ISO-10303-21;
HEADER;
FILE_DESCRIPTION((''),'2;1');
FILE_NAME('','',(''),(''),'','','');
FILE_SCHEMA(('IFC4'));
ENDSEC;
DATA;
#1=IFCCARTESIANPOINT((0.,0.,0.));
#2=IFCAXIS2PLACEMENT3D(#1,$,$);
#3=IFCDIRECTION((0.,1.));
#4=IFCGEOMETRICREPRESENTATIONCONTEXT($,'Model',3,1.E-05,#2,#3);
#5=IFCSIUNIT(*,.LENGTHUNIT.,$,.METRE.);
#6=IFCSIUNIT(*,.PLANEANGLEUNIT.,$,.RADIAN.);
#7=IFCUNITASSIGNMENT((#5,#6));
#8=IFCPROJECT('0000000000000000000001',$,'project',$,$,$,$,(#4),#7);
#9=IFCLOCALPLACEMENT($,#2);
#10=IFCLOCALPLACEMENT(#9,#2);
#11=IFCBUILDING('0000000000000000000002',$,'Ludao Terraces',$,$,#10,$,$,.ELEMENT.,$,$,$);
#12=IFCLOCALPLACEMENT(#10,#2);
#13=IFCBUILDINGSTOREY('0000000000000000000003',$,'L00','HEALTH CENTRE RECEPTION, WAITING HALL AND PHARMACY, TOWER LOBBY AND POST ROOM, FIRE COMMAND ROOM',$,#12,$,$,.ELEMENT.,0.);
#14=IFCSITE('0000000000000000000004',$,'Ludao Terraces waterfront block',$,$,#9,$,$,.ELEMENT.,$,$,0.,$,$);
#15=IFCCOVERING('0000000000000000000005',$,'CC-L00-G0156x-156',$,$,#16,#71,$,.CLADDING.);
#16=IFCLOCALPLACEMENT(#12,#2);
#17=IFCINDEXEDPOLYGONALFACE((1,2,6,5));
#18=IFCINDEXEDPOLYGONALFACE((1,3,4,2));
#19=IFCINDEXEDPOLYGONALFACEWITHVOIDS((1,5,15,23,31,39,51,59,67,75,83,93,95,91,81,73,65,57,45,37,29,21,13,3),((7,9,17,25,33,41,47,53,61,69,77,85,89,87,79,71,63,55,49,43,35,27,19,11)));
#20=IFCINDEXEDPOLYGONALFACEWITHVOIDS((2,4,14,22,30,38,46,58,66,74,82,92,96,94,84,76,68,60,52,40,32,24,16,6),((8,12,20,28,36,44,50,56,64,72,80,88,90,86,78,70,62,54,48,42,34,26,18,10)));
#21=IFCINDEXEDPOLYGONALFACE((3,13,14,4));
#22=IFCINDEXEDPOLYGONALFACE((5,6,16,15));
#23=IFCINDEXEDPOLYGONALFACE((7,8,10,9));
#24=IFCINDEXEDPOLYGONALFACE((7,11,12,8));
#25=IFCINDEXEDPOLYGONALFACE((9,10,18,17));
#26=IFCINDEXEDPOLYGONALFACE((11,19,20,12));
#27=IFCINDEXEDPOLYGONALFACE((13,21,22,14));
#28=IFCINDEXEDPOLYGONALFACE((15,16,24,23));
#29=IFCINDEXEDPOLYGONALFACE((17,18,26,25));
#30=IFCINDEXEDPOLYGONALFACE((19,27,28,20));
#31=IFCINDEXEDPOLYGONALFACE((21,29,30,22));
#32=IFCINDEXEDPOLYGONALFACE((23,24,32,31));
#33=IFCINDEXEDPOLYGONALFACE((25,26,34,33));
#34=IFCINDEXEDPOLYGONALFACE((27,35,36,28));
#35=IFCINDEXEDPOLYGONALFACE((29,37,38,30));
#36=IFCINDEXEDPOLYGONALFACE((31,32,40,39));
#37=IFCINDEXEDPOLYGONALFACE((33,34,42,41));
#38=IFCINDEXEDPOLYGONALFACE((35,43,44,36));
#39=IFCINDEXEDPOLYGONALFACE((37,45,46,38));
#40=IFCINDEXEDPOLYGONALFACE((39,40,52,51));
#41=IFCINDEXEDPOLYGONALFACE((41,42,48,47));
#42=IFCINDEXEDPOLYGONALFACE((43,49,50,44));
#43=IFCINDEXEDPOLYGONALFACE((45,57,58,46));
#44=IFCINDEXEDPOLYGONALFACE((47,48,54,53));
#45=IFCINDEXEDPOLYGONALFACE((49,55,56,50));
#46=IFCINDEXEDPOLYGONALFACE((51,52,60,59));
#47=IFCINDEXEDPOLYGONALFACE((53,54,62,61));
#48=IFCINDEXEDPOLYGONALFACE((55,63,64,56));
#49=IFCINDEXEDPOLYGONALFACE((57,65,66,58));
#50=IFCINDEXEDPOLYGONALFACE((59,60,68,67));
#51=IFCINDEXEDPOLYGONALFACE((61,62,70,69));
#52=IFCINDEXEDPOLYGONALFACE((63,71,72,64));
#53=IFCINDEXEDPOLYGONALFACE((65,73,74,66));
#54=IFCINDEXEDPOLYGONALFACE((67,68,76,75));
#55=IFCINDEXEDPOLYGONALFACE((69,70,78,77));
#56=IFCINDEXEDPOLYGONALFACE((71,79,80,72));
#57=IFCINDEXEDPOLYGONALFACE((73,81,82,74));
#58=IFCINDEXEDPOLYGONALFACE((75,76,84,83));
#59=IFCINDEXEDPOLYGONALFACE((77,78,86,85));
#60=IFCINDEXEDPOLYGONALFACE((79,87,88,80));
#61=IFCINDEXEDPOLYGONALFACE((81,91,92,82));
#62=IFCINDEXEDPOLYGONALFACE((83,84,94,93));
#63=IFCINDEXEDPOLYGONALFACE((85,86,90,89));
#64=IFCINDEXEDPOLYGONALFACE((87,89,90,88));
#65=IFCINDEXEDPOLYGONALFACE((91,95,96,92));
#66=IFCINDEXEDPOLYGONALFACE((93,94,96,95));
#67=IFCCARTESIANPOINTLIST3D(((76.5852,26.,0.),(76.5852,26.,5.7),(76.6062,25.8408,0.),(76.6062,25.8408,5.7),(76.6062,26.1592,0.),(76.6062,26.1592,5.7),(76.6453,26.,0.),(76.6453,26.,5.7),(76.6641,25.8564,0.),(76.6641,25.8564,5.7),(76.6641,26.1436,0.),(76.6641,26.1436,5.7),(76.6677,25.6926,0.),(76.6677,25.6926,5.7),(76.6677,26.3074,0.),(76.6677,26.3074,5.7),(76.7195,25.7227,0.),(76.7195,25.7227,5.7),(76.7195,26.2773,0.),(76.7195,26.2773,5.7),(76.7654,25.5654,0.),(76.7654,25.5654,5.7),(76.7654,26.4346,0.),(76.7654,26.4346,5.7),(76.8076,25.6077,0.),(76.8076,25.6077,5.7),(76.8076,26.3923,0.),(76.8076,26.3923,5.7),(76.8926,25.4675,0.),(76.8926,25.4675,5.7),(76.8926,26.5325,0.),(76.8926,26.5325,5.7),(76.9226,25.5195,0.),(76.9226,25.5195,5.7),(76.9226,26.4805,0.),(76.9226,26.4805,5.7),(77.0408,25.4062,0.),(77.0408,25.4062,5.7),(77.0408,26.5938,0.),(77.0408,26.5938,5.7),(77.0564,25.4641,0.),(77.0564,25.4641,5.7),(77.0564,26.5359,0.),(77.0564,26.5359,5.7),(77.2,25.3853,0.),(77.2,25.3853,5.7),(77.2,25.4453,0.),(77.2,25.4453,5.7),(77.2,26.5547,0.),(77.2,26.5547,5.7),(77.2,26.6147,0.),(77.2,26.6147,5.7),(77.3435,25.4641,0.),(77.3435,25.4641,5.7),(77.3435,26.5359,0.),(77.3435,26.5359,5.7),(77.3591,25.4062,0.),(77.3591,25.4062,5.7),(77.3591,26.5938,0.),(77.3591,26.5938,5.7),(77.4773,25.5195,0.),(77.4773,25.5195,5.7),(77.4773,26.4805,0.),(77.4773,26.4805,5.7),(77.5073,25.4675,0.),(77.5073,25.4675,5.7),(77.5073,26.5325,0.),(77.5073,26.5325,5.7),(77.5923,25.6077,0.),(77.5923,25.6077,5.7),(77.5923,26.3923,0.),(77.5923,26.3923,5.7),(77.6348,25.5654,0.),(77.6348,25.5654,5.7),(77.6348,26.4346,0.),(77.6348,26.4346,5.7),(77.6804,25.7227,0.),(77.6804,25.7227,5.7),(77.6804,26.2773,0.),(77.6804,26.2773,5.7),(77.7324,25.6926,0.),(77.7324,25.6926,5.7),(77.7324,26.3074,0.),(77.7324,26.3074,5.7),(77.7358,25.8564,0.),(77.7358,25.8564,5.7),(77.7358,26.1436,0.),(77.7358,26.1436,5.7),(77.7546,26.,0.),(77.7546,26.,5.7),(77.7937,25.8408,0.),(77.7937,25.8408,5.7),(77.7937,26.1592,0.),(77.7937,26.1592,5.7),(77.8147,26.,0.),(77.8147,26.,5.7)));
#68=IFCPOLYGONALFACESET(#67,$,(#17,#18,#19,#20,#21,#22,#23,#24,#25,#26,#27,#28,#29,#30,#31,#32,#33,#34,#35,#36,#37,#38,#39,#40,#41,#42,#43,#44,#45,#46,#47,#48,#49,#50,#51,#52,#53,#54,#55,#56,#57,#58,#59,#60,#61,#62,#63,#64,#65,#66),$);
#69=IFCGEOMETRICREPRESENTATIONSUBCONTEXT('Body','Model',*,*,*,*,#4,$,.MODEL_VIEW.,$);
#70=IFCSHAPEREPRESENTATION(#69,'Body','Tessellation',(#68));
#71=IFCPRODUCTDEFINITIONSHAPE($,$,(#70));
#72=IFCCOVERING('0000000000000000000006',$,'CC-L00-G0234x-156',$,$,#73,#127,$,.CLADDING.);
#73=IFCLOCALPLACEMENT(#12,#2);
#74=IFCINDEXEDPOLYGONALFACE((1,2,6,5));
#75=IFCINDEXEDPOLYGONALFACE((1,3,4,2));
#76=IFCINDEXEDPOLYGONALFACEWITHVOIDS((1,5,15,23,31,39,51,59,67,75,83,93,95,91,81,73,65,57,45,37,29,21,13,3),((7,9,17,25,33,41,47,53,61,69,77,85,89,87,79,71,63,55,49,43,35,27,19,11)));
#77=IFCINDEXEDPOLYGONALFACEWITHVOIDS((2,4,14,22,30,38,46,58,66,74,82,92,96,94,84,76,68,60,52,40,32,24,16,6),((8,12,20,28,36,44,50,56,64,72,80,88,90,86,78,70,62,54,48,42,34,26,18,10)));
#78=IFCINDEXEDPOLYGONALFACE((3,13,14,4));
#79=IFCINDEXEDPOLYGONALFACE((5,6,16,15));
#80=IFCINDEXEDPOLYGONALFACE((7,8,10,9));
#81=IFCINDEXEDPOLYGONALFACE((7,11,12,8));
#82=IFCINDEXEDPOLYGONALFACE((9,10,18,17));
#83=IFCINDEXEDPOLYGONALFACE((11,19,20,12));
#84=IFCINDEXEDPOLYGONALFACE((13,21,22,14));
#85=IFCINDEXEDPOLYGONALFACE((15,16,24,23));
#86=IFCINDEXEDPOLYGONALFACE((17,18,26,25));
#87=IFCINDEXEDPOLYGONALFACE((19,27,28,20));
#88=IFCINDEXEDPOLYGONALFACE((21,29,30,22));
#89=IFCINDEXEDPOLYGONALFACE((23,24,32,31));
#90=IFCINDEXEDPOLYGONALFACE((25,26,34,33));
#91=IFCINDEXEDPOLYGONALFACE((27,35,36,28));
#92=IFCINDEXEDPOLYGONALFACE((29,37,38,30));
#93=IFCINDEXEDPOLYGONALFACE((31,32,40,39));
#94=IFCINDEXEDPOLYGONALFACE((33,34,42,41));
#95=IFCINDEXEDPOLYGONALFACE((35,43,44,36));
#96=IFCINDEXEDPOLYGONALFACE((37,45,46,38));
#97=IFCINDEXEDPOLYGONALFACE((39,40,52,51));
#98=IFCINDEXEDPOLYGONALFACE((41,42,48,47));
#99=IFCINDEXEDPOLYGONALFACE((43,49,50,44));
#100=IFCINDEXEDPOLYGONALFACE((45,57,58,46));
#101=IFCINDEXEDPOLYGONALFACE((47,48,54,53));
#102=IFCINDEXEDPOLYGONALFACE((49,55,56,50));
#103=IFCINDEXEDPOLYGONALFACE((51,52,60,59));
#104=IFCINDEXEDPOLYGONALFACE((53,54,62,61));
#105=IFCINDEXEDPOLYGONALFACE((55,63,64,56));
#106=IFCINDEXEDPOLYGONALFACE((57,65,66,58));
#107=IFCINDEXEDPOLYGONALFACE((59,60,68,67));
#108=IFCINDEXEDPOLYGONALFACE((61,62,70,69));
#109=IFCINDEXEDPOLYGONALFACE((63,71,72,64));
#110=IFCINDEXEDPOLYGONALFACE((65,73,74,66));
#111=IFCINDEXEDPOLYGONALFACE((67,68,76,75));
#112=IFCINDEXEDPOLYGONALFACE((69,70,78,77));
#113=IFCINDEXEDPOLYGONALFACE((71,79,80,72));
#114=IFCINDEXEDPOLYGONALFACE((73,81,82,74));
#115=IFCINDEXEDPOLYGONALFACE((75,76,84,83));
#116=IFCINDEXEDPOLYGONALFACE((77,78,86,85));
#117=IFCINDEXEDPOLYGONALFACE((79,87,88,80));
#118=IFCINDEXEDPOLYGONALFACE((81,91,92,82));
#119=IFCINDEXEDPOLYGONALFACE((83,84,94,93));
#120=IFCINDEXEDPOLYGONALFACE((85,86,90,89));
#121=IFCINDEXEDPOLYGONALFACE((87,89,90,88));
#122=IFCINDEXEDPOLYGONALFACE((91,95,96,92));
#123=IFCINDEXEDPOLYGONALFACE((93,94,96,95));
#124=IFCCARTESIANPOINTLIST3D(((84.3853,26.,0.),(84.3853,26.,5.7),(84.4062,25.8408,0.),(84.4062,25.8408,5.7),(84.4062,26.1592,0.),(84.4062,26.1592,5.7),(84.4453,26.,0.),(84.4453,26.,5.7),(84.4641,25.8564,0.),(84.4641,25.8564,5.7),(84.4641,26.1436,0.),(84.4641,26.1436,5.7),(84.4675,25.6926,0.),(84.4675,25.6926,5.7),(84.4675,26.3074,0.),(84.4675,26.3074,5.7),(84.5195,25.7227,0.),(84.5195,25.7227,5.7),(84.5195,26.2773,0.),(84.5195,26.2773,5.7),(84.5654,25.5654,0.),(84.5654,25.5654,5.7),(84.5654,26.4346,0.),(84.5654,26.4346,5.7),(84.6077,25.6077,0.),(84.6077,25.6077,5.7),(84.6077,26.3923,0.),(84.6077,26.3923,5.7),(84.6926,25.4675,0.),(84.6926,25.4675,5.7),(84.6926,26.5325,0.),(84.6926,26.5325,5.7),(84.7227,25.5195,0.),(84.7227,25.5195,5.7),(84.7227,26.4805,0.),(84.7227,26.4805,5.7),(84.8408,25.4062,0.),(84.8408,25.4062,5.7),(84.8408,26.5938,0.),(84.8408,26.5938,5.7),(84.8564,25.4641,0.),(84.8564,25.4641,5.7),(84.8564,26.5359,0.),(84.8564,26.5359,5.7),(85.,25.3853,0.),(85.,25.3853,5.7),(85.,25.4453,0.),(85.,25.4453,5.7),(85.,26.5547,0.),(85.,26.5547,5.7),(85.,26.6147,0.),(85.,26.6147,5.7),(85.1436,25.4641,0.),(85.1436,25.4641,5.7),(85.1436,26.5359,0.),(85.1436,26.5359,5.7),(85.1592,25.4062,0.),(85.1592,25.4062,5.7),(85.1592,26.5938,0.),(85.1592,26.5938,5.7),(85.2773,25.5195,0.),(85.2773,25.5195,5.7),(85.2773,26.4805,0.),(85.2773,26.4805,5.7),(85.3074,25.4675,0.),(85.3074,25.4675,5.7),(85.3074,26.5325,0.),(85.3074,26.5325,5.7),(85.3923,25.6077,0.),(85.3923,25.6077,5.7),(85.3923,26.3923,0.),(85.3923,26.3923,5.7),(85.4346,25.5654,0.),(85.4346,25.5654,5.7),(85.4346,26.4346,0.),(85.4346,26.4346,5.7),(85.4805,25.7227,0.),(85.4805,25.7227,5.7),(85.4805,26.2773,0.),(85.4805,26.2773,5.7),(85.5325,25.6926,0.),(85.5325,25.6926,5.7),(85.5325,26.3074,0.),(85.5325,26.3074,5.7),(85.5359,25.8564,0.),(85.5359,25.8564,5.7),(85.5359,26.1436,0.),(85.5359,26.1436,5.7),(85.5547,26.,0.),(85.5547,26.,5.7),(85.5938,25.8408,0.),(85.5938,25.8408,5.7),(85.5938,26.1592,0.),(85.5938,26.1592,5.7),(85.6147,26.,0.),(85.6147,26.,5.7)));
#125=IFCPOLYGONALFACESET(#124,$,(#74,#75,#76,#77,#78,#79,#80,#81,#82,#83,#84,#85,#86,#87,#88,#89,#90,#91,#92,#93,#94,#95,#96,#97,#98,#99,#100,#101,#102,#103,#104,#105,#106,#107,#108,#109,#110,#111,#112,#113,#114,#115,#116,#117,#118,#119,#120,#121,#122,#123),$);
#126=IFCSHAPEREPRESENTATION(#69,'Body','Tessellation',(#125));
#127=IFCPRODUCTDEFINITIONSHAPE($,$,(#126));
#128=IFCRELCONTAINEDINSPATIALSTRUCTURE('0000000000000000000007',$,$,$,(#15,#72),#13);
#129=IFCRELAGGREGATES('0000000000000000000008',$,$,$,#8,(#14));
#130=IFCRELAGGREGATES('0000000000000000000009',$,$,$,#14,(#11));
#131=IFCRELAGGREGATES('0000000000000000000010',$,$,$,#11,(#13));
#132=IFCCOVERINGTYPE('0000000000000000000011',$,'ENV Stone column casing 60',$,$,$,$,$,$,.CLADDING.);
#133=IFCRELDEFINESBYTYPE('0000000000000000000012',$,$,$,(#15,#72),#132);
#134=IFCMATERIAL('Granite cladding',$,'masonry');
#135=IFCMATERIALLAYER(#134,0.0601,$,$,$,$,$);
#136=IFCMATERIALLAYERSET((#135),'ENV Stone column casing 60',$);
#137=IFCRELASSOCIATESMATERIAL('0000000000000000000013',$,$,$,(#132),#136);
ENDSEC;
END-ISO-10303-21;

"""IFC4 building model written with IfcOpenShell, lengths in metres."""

from ifc_helpers import new_model, si_unit, direction, origin, place, context, subcontext, project, spatial, polyline, outline, extrude, material, layer, layer_set, type_object, element, save


model = new_model("IFC4")

# Units and contexts
model_context = context("Model", 3, precision=1e-05, world=origin(), true_north=direction((0.0, 1.0)))
body_context = subcontext(model_context, "Body", "Model", "MODEL_VIEW")
ifc_project = project(units=[si_unit("LENGTHUNIT", "METRE"), si_unit("PLANEANGLEUNIT", "RADIAN")], contexts=[model_context])

# Site, building, storey
site_placement = place(None, origin())
site = spatial("IfcSite", under=ifc_project, at=site_placement, Name="Ludao Terraces waterfront block", CompositionType="ELEMENT", RefElevation=0.0)
building_placement = place(site_placement, origin())
building = spatial("IfcBuilding", under=site, at=building_placement, Name="Ludao Terraces", CompositionType="ELEMENT")
storey_placement = place(building_placement, origin())
storey = spatial("IfcBuildingStorey", under=building, at=storey_placement, Name="L00", Description="HEALTH CENTRE RECEPTION, WAITING HALL AND PHARMACY, TOWER LOBBY AND POST ROOM, FIRE COMMAND ROOM", CompositionType="ELEMENT", Elevation=0.0)

# Coverings
ifc_material_1 = material(Name="Granite cladding", Category="masonry")
ifc_layer_1 = layer(ifc_material_1, 0.0601)
ifc_layer_set_1 = layer_set([ifc_layer_1], Name="ENV Stone column casing 60")
covering_type_1 = type_object("IfcCoveringType", Name="ENV Stone column casing 60", PredefinedType="CLADDING", material=ifc_layer_set_1)
covering_1_placement = place(storey_placement, origin())
element("IfcCovering", 1, at=covering_1_placement, inside=storey, type_object=covering_type_1, Name="CC-L00-G0156x-156", PredefinedType="CLADDING", context=body_context, shape_type="SweptSolid", body=[
    extrude(outline(polyline([(77.8147, 26.0), (77.7937, 26.1592), (77.7324, 26.3074), (77.6348, 26.4346), (77.5073, 26.5325), (77.3591, 26.5938), (77.2, 26.6147), (77.0408, 26.5938), (76.8926, 26.5325), (76.7654, 26.4346), (76.6677, 26.3074), (76.6062, 26.1592), (76.5852, 26.0), (76.6062, 25.8408), (76.6677, 25.6926), (76.7654, 25.5654), (76.8926, 25.4675), (77.0408, 25.4062), (77.2, 25.3853), (77.3591, 25.4062), (77.5073, 25.4675), (77.6348, 25.5654), (77.7324, 25.6926), (77.7937, 25.8408), (77.8147, 26.0)]), holes=[polyline([(77.7358, 25.8564), (77.6804, 25.7227), (77.5923, 25.6077), (77.4773, 25.5195), (77.3435, 25.4641), (77.2, 25.4453), (77.0564, 25.4641), (76.9226, 25.5195), (76.8076, 25.6077), (76.7195, 25.7227), (76.6641, 25.8564), (76.6453, 26.0), (76.6641, 26.1436), (76.7195, 26.2773), (76.8076, 26.3923), (76.9226, 26.4805), (77.0564, 26.5359), (77.2, 26.5547), (77.3435, 26.5359), (77.4773, 26.4805), (77.5923, 26.3923), (77.6804, 26.2773), (77.7358, 26.1436), (77.7546, 26.0), (77.7358, 25.8564)])]), origin(), (0.0, 0.0, 1.0), 5.7),
])
covering_2_placement = place(storey_placement, origin())
element("IfcCovering", 2, at=covering_2_placement, inside=storey, type_object=covering_type_1, Name="CC-L00-G0234x-156", PredefinedType="CLADDING", context=body_context, shape_type="SweptSolid", body=[
    extrude(outline(polyline([(85.6147, 26.0), (85.5938, 26.1592), (85.5325, 26.3074), (85.4346, 26.4346), (85.3074, 26.5325), (85.1592, 26.5938), (85.0, 26.6147), (84.8408, 26.5938), (84.6926, 26.5325), (84.5654, 26.4346), (84.4675, 26.3074), (84.4062, 26.1592), (84.3853, 26.0), (84.4062, 25.8408), (84.4675, 25.6926), (84.5654, 25.5654), (84.6926, 25.4675), (84.8408, 25.4062), (85.0, 25.3853), (85.1592, 25.4062), (85.3074, 25.4675), (85.4346, 25.5654), (85.5325, 25.6926), (85.5938, 25.8408), (85.6147, 26.0)]), holes=[polyline([(85.5359, 25.8564), (85.4805, 25.7227), (85.3923, 25.6077), (85.2773, 25.5195), (85.1436, 25.4641), (85.0, 25.4453), (84.8564, 25.4641), (84.7227, 25.5195), (84.6077, 25.6077), (84.5195, 25.7227), (84.4641, 25.8564), (84.4453, 26.0), (84.4641, 26.1436), (84.5195, 26.2773), (84.6077, 26.3923), (84.7227, 26.4805), (84.8564, 26.5359), (85.0, 26.5547), (85.1436, 26.5359), (85.2773, 26.4805), (85.3923, 26.3923), (85.4805, 26.2773), (85.5359, 26.1436), (85.5547, 26.0), (85.5359, 25.8564)])]), origin(), (0.0, 0.0, 1.0), 5.7),
])

save(model, "model.ifc")
